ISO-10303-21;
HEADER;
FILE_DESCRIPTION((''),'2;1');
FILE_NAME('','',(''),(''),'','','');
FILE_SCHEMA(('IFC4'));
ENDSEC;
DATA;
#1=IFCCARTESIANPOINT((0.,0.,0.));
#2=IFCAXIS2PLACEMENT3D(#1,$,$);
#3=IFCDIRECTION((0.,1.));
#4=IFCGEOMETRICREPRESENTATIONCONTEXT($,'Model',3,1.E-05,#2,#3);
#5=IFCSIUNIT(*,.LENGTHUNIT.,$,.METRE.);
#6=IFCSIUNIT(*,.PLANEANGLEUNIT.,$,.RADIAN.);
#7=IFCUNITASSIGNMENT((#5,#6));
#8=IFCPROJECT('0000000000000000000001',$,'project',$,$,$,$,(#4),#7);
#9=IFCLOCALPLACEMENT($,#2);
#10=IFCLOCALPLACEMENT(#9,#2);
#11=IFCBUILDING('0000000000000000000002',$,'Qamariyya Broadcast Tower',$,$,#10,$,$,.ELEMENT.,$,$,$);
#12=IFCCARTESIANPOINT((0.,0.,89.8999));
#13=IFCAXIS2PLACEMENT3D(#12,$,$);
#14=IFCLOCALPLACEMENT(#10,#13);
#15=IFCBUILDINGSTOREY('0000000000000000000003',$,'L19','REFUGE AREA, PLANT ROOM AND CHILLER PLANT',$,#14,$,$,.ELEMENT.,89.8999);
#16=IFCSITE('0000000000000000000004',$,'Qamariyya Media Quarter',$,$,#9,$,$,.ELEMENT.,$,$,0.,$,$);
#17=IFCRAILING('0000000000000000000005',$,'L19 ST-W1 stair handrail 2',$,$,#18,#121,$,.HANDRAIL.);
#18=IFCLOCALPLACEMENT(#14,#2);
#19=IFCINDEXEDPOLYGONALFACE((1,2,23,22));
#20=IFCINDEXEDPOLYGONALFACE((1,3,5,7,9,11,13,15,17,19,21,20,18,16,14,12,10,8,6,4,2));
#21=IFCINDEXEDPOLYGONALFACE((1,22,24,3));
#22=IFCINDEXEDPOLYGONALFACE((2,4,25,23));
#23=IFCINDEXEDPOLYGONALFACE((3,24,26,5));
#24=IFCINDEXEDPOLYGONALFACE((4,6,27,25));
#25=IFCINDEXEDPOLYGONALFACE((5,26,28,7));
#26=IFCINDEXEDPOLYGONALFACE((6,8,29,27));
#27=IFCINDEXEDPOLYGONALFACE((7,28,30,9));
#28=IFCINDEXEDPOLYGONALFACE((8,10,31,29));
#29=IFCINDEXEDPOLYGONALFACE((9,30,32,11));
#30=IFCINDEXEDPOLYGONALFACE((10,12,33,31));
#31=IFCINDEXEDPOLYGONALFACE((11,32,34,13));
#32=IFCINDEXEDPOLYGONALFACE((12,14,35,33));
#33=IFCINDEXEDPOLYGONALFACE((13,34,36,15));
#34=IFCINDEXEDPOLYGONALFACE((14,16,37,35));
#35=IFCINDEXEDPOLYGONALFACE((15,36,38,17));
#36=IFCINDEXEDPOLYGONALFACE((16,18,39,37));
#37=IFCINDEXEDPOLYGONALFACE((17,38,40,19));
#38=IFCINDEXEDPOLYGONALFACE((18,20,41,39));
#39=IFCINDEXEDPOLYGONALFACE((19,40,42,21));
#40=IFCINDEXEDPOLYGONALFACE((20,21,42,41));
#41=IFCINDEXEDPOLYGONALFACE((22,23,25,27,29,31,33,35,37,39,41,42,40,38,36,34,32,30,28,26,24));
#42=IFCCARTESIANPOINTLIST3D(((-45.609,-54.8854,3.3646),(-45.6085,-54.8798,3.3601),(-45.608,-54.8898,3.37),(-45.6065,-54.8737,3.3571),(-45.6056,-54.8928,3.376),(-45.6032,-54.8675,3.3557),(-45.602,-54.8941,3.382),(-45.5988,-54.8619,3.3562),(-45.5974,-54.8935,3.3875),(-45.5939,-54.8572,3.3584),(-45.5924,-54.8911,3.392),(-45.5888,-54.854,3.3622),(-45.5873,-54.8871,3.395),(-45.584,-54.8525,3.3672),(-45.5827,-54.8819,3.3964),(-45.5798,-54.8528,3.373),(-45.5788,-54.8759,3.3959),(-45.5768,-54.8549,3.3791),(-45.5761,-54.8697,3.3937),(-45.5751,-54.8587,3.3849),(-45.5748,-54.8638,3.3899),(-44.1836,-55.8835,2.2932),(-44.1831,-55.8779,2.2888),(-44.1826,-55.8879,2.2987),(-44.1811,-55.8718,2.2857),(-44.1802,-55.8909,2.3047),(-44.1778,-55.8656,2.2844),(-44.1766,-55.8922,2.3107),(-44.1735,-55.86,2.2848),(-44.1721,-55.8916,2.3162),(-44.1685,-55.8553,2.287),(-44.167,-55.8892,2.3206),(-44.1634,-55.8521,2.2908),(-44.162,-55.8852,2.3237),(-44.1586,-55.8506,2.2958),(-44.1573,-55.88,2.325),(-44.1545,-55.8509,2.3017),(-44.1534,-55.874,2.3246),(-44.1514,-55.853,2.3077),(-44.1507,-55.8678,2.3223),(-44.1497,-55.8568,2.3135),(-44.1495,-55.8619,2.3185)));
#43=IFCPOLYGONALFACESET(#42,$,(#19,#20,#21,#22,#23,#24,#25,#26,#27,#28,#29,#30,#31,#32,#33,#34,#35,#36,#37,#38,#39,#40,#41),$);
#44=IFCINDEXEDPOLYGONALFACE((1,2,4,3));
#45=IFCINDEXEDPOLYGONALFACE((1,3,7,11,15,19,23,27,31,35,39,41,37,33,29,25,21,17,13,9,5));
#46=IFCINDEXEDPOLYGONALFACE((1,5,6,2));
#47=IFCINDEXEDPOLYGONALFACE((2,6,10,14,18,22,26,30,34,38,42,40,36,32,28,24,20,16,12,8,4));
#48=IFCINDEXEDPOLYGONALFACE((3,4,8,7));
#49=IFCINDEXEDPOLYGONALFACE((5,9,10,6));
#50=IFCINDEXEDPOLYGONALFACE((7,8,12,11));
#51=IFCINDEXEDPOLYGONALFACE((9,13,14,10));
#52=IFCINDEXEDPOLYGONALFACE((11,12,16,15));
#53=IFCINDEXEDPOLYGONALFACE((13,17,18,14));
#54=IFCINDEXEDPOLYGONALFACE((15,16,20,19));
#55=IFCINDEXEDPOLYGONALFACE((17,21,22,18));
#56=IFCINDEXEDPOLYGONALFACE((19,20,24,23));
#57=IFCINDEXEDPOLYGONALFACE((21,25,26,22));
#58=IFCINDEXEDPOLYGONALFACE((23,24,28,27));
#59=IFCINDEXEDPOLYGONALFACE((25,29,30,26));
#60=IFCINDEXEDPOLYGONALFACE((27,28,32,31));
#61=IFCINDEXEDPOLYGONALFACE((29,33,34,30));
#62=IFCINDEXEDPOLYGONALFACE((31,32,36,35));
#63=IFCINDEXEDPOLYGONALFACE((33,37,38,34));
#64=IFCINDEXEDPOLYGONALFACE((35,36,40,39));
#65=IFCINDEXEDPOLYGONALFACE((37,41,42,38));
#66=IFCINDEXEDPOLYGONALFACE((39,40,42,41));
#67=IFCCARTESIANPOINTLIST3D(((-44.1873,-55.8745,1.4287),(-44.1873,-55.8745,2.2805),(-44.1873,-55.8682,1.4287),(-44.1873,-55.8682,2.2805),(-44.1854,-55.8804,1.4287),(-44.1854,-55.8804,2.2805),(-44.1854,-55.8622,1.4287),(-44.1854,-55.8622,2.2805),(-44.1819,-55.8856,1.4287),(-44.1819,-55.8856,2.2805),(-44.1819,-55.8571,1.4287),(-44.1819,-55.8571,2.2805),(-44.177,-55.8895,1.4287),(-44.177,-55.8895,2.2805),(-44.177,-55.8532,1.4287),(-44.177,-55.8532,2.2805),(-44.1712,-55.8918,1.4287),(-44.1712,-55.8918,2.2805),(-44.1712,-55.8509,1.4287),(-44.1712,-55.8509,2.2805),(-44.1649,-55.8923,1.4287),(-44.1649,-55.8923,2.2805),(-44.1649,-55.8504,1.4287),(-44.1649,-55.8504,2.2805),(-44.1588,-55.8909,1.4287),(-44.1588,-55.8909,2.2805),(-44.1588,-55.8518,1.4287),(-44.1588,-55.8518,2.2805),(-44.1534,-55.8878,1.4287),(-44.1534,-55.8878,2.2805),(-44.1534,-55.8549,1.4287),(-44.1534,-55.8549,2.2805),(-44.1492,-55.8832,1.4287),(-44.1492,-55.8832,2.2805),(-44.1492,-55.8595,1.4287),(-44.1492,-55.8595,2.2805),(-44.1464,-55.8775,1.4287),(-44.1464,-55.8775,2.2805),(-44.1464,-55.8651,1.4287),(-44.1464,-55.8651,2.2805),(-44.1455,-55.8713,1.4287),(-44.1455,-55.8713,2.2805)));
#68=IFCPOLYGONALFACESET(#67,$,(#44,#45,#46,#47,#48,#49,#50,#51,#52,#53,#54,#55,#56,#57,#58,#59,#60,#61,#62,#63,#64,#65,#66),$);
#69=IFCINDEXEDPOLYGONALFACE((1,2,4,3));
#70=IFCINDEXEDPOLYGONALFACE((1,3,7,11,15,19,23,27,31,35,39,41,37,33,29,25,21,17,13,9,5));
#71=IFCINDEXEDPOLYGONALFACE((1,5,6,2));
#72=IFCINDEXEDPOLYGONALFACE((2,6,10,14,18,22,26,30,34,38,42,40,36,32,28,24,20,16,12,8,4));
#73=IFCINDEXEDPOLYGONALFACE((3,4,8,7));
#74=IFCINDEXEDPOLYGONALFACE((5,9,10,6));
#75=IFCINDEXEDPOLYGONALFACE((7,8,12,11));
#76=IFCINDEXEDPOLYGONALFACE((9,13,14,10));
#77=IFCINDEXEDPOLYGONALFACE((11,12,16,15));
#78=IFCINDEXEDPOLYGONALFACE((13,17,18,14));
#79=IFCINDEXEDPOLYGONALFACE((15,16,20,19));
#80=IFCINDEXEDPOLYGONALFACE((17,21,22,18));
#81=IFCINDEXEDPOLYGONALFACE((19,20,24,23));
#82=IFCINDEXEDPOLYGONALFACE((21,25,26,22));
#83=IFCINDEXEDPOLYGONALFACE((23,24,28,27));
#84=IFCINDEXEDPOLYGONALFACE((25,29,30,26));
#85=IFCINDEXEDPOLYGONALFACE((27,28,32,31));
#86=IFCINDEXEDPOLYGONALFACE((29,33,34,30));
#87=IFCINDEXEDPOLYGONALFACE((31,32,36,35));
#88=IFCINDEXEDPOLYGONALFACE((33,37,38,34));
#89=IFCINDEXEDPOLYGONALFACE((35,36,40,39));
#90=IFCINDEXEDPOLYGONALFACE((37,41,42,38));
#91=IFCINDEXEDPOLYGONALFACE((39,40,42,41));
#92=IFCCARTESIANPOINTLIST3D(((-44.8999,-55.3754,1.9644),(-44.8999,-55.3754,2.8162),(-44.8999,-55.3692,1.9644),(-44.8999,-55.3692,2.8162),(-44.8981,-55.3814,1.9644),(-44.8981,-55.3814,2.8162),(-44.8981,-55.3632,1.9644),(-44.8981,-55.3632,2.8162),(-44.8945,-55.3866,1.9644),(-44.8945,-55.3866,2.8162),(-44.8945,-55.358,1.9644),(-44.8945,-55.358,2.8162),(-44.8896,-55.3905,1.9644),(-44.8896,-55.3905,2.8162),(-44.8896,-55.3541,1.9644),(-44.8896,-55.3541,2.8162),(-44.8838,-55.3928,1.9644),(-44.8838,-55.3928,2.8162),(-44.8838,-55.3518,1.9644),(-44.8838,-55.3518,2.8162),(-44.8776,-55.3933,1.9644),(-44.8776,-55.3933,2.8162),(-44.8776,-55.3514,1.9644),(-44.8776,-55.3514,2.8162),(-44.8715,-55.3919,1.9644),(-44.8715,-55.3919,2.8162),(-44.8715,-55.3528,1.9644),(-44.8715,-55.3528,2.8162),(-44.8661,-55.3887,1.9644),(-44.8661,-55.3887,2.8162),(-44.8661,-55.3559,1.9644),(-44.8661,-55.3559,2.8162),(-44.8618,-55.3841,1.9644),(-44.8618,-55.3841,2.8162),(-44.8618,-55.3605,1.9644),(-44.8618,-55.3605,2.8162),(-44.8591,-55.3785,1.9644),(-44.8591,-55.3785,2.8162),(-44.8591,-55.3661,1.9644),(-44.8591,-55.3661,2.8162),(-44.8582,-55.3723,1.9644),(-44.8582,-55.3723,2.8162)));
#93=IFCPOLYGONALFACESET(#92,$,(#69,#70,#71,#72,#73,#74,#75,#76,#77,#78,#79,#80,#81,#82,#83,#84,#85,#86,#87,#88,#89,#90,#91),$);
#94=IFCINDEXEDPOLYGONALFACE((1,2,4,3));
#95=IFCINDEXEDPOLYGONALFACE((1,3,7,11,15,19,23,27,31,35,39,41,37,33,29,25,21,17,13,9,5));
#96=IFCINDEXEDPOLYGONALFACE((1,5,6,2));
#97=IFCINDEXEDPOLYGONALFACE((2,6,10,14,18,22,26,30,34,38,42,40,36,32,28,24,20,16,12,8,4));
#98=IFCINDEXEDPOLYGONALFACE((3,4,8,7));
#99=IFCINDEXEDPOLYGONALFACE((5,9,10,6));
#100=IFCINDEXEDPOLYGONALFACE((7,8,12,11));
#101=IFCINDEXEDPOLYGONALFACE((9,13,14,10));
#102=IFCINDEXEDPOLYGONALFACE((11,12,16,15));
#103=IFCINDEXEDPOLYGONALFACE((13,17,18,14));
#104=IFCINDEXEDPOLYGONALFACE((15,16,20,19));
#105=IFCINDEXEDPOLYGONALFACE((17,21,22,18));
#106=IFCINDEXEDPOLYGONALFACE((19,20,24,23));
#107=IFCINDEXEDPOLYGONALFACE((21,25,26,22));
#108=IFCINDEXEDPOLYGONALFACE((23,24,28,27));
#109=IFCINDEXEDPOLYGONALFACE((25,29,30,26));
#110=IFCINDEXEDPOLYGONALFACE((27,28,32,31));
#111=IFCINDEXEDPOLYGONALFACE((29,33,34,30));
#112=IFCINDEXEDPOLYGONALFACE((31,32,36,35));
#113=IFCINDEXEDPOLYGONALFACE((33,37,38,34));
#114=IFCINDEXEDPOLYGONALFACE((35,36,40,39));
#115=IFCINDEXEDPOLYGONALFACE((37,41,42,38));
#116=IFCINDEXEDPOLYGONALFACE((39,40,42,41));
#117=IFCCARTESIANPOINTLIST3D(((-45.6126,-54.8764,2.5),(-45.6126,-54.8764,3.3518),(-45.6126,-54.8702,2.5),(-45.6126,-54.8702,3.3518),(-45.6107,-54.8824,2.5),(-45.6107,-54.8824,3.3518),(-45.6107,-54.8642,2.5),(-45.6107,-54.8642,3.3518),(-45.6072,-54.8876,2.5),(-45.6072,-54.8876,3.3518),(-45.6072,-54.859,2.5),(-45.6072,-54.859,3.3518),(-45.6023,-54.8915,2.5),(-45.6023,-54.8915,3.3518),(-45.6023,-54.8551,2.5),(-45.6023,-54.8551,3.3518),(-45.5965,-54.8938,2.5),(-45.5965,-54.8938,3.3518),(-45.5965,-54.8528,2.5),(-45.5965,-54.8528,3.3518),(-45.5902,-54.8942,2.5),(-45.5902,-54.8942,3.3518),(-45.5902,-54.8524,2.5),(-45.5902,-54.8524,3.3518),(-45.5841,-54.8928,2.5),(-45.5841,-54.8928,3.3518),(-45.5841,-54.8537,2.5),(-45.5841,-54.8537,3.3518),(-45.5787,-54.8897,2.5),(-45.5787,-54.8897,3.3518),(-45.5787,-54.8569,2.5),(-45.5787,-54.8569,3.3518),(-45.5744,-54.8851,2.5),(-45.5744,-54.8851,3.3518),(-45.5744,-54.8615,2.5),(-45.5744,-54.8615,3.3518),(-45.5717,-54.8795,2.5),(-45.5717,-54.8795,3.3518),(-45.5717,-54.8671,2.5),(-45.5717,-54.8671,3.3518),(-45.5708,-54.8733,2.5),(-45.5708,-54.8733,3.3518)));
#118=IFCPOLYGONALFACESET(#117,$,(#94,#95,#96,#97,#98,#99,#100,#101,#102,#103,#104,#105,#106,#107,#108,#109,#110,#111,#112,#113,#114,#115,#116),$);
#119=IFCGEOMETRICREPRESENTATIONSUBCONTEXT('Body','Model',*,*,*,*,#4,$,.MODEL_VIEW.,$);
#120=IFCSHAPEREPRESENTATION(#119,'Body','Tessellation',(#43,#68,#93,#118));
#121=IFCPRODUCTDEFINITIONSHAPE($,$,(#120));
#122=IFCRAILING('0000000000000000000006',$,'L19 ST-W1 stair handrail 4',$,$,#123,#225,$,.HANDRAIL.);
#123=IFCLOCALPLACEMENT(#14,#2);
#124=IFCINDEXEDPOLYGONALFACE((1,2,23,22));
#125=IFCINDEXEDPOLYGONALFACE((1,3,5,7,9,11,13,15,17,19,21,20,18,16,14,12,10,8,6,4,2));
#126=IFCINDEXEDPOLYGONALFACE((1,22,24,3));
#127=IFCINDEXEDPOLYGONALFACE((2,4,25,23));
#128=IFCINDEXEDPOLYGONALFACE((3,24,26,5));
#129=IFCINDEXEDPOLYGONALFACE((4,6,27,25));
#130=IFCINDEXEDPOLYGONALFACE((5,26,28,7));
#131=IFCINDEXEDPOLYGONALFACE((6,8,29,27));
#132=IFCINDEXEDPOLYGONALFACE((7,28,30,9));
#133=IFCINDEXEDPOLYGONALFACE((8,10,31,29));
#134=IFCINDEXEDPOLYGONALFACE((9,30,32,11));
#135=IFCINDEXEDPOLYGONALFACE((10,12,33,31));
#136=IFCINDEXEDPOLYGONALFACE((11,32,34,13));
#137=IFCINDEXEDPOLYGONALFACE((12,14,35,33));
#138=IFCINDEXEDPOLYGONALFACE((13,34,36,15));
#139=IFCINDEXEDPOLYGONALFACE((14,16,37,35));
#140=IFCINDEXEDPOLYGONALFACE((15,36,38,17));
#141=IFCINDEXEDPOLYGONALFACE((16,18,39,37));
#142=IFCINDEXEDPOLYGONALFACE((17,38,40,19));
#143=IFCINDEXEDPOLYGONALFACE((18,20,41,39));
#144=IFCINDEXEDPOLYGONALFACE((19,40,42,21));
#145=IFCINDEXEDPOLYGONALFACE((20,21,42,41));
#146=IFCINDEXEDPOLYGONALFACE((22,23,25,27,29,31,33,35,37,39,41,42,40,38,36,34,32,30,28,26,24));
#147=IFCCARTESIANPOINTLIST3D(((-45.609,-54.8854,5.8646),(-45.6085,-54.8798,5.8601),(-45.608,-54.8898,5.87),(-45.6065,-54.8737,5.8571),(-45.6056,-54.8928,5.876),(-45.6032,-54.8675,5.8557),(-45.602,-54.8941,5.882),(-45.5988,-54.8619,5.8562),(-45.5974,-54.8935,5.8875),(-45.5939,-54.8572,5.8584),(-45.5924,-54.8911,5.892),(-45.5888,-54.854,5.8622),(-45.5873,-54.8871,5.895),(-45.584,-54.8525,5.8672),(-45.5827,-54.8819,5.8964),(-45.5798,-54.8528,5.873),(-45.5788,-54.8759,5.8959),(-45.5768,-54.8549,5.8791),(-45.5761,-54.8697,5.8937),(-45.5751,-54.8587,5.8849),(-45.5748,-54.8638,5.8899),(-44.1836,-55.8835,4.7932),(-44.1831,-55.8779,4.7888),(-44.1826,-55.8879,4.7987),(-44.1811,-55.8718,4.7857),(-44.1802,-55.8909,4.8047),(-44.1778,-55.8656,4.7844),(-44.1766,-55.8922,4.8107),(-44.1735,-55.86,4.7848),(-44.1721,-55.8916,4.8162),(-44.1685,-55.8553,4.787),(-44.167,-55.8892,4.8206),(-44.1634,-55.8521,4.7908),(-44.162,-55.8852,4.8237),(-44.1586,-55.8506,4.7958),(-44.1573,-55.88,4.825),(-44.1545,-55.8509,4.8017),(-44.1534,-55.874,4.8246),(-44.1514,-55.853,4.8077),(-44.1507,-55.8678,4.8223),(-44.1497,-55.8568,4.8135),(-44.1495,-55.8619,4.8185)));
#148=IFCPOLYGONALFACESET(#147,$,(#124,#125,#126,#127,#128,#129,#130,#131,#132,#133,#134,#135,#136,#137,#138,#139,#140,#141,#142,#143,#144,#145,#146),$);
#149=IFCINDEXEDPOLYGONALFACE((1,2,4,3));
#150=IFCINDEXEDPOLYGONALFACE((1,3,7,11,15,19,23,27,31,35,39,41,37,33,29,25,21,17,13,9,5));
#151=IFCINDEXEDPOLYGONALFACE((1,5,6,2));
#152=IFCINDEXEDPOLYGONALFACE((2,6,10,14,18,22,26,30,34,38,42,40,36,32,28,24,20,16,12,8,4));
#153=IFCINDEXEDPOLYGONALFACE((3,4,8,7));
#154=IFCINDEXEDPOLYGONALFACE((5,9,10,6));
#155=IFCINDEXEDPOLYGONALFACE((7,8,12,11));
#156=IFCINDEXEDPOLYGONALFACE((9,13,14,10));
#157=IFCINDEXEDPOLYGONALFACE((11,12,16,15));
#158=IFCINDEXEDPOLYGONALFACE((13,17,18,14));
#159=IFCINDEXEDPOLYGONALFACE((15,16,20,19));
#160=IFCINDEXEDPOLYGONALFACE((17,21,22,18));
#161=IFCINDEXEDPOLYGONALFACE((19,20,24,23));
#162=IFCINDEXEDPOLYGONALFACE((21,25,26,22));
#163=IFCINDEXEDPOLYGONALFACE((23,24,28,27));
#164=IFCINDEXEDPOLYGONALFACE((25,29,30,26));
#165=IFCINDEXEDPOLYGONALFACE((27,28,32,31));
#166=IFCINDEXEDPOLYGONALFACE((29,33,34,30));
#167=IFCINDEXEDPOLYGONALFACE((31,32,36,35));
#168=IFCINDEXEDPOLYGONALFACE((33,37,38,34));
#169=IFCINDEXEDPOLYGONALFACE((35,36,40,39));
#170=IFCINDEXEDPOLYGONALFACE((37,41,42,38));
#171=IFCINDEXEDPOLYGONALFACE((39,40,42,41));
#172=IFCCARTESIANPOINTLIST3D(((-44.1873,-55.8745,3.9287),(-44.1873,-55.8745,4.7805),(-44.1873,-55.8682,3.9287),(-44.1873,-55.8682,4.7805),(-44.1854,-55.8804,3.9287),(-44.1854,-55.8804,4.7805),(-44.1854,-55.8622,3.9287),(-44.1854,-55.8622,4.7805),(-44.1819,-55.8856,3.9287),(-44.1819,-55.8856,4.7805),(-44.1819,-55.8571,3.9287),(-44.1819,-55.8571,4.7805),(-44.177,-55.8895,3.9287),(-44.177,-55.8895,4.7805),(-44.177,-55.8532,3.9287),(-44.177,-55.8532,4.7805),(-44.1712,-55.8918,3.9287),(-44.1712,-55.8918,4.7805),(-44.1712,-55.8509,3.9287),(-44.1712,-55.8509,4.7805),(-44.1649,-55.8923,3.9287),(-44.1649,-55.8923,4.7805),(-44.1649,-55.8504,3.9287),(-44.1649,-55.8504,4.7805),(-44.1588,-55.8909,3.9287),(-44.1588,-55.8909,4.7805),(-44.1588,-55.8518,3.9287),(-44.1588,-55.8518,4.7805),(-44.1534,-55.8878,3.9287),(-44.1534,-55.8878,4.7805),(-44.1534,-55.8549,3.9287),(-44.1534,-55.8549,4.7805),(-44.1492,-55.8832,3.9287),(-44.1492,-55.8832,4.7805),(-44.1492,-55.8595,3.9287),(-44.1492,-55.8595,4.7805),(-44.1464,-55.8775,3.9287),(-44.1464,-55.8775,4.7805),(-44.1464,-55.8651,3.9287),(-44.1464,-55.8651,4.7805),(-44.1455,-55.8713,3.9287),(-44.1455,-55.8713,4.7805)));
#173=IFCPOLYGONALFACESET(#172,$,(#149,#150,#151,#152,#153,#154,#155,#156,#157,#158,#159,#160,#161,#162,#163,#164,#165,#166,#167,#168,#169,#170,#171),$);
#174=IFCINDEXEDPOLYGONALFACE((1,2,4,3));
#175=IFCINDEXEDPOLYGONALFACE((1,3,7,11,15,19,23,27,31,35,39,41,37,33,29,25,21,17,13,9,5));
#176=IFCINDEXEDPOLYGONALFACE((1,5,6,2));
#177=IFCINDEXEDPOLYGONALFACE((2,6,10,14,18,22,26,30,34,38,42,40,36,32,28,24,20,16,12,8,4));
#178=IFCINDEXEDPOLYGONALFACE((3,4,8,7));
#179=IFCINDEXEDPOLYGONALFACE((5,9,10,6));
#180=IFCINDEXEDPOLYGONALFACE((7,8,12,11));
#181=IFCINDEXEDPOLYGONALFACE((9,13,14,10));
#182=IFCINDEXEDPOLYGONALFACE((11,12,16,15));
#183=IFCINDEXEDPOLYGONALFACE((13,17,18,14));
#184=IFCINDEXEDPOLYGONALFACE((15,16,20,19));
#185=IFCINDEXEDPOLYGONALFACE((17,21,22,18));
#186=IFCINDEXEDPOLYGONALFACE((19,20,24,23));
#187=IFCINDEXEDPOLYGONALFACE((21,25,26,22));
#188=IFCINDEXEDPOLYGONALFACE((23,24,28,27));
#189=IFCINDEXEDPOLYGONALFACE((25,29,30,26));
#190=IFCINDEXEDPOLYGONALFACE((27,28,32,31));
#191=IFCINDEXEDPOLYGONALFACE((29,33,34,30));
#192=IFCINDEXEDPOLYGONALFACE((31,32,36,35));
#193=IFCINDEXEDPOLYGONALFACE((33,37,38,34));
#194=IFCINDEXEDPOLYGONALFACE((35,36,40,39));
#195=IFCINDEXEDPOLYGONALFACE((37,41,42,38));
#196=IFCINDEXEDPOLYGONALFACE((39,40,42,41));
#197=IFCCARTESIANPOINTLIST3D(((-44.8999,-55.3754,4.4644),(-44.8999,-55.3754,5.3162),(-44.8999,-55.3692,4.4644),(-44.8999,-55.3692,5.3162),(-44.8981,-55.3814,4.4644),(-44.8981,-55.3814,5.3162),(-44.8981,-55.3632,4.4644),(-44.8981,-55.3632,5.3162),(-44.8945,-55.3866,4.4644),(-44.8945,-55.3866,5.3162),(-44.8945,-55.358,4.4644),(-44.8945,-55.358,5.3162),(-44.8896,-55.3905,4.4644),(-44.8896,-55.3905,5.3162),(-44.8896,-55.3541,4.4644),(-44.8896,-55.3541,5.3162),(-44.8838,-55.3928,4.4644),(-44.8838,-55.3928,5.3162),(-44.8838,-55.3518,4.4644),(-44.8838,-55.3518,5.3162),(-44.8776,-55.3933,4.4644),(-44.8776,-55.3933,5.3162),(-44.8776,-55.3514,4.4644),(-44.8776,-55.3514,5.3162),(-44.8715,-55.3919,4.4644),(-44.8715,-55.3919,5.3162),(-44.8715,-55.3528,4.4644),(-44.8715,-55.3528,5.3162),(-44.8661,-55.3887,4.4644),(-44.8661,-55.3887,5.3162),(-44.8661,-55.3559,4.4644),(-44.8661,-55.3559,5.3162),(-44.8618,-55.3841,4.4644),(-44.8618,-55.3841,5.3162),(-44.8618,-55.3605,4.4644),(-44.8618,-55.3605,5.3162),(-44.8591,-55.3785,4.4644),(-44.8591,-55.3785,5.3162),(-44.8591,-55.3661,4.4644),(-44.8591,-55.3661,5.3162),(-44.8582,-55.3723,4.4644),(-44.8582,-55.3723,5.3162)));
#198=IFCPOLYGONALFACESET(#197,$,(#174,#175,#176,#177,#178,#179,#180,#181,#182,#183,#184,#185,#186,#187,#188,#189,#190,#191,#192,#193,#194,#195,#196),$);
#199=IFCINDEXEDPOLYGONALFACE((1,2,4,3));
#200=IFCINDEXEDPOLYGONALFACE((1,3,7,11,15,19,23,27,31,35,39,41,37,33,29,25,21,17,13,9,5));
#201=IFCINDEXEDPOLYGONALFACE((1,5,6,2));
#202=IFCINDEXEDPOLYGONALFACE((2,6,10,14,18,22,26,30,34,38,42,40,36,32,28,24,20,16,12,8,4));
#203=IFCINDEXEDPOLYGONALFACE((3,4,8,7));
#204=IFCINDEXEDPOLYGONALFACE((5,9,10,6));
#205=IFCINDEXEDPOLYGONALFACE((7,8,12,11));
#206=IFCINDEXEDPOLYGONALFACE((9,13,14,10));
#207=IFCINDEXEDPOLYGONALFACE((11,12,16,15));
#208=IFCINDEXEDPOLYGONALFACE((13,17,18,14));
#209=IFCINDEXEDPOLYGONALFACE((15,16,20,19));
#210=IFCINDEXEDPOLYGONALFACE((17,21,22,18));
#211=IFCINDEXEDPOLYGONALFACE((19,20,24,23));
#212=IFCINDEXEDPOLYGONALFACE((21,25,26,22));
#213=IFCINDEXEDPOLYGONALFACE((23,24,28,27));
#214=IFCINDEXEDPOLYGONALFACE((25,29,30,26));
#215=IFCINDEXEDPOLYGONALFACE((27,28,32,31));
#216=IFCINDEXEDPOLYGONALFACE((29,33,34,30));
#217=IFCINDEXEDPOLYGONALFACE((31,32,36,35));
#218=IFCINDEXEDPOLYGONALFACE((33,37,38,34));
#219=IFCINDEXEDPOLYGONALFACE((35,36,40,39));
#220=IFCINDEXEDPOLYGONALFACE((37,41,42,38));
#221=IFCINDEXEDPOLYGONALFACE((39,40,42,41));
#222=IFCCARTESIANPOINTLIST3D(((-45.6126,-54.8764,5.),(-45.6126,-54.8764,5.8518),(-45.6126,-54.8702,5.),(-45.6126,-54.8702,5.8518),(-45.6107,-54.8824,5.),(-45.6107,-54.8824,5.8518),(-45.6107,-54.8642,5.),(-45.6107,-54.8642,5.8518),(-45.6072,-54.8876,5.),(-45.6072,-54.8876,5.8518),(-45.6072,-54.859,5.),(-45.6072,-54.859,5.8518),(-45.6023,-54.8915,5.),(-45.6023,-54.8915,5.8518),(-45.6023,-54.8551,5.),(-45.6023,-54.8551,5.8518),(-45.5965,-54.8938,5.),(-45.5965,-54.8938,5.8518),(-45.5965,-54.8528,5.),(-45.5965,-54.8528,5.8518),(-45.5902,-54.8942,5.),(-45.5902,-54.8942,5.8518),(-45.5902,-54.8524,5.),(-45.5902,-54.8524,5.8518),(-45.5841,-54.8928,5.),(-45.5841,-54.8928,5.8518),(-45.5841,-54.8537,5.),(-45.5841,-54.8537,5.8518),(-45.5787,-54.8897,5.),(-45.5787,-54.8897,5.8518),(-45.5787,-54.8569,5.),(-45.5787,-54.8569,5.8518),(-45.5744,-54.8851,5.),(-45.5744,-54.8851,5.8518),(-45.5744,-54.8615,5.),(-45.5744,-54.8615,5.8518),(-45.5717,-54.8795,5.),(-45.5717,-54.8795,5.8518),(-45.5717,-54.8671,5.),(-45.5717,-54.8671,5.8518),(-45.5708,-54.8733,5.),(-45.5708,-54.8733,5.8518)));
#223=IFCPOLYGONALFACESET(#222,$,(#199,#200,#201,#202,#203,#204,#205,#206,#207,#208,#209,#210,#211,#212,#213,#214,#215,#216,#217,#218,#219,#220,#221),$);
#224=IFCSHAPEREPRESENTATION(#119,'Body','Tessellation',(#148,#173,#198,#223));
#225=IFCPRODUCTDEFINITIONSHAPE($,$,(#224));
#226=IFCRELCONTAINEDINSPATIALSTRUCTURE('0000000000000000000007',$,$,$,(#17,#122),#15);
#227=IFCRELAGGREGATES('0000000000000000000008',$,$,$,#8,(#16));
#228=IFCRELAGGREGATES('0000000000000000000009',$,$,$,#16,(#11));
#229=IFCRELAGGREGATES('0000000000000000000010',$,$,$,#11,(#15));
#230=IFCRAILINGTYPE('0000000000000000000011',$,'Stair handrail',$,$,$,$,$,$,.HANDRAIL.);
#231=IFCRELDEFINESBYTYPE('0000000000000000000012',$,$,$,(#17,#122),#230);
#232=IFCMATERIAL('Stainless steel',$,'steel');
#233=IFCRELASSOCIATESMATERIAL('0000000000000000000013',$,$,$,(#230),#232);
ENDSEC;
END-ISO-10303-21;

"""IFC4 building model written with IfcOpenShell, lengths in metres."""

from ifc_helpers import new_model, si_unit, direction, frame, origin, origin_2d, place, context, subcontext, project, spatial, circle, extrude, material, type_object, element, save


model = new_model("IFC4")

# Units and contexts
model_context = context("Model", 3, precision=1e-05, world=origin(), true_north=direction((0.0, 1.0)))
body_context = subcontext(model_context, "Body", "Model", "MODEL_VIEW")
ifc_project = project(units=[si_unit("LENGTHUNIT", "METRE"), si_unit("PLANEANGLEUNIT", "RADIAN")], contexts=[model_context])

# Site, building, storey
site_placement = place(None, origin())
site = spatial("IfcSite", under=ifc_project, at=site_placement, Name="Qamariyya Media Quarter", CompositionType="ELEMENT", RefElevation=0.0)
building_placement = place(site_placement, origin())
building = spatial("IfcBuilding", under=site, at=building_placement, Name="Qamariyya Broadcast Tower", CompositionType="ELEMENT")
storey_placement = place(building_placement, frame((0.0, 0.0, 89.8999)))
storey = spatial("IfcBuildingStorey", under=building, at=storey_placement, Name="L19", Description="REFUGE AREA, PLANT ROOM AND CHILLER PLANT", CompositionType="ELEMENT", Elevation=89.8999)

# Railings
ifc_material_1 = material(Name="Stainless steel", Category="steel")
railing_type_1 = type_object("IfcRailingType", Name="Stair handrail", PredefinedType="HANDRAIL", material=ifc_material_1)
for number, where, name in (
    (1, (-44.1665, -55.8713, 1.4287), "L19 ST-W1 stair handrail 2"),
    (2, (-44.1665, -55.8713, 3.9287), "L19 ST-W1 stair handrail 4"),
):
    element("IfcRailing", number, at=place(storey_placement, frame(where)), inside=storey, type_object=railing_type_1, Name=name, PredefinedType="HANDRAIL", context=body_context, shape_type="SweptSolid", body=[
        extrude(circle(Radius=0.0239, at=origin_2d()), frame((0.0, 0.0, 0.876), z_axis=(-0.697533, 0.48844, 0.524285), x_axis=(-0.573594, -0.81914, 0.0)), (0.0, 0.0, 1.0), 2.0435),
        extrude(circle(Radius=0.021, at=origin_2d()), origin(), (0.0, 0.0, 1.0), 0.8518),
        extrude(circle(Radius=0.021, at=origin_2d()), frame((-0.7126, 0.499, 0.5356)), (0.0, 0.0, 1.0), 0.8518),
        extrude(circle(Radius=0.021, at=origin_2d()), frame((-1.4253, 0.998, 1.0713)), (0.0, 0.0, 1.0), 0.8518),
    ])

save(model, "model.ifc")
